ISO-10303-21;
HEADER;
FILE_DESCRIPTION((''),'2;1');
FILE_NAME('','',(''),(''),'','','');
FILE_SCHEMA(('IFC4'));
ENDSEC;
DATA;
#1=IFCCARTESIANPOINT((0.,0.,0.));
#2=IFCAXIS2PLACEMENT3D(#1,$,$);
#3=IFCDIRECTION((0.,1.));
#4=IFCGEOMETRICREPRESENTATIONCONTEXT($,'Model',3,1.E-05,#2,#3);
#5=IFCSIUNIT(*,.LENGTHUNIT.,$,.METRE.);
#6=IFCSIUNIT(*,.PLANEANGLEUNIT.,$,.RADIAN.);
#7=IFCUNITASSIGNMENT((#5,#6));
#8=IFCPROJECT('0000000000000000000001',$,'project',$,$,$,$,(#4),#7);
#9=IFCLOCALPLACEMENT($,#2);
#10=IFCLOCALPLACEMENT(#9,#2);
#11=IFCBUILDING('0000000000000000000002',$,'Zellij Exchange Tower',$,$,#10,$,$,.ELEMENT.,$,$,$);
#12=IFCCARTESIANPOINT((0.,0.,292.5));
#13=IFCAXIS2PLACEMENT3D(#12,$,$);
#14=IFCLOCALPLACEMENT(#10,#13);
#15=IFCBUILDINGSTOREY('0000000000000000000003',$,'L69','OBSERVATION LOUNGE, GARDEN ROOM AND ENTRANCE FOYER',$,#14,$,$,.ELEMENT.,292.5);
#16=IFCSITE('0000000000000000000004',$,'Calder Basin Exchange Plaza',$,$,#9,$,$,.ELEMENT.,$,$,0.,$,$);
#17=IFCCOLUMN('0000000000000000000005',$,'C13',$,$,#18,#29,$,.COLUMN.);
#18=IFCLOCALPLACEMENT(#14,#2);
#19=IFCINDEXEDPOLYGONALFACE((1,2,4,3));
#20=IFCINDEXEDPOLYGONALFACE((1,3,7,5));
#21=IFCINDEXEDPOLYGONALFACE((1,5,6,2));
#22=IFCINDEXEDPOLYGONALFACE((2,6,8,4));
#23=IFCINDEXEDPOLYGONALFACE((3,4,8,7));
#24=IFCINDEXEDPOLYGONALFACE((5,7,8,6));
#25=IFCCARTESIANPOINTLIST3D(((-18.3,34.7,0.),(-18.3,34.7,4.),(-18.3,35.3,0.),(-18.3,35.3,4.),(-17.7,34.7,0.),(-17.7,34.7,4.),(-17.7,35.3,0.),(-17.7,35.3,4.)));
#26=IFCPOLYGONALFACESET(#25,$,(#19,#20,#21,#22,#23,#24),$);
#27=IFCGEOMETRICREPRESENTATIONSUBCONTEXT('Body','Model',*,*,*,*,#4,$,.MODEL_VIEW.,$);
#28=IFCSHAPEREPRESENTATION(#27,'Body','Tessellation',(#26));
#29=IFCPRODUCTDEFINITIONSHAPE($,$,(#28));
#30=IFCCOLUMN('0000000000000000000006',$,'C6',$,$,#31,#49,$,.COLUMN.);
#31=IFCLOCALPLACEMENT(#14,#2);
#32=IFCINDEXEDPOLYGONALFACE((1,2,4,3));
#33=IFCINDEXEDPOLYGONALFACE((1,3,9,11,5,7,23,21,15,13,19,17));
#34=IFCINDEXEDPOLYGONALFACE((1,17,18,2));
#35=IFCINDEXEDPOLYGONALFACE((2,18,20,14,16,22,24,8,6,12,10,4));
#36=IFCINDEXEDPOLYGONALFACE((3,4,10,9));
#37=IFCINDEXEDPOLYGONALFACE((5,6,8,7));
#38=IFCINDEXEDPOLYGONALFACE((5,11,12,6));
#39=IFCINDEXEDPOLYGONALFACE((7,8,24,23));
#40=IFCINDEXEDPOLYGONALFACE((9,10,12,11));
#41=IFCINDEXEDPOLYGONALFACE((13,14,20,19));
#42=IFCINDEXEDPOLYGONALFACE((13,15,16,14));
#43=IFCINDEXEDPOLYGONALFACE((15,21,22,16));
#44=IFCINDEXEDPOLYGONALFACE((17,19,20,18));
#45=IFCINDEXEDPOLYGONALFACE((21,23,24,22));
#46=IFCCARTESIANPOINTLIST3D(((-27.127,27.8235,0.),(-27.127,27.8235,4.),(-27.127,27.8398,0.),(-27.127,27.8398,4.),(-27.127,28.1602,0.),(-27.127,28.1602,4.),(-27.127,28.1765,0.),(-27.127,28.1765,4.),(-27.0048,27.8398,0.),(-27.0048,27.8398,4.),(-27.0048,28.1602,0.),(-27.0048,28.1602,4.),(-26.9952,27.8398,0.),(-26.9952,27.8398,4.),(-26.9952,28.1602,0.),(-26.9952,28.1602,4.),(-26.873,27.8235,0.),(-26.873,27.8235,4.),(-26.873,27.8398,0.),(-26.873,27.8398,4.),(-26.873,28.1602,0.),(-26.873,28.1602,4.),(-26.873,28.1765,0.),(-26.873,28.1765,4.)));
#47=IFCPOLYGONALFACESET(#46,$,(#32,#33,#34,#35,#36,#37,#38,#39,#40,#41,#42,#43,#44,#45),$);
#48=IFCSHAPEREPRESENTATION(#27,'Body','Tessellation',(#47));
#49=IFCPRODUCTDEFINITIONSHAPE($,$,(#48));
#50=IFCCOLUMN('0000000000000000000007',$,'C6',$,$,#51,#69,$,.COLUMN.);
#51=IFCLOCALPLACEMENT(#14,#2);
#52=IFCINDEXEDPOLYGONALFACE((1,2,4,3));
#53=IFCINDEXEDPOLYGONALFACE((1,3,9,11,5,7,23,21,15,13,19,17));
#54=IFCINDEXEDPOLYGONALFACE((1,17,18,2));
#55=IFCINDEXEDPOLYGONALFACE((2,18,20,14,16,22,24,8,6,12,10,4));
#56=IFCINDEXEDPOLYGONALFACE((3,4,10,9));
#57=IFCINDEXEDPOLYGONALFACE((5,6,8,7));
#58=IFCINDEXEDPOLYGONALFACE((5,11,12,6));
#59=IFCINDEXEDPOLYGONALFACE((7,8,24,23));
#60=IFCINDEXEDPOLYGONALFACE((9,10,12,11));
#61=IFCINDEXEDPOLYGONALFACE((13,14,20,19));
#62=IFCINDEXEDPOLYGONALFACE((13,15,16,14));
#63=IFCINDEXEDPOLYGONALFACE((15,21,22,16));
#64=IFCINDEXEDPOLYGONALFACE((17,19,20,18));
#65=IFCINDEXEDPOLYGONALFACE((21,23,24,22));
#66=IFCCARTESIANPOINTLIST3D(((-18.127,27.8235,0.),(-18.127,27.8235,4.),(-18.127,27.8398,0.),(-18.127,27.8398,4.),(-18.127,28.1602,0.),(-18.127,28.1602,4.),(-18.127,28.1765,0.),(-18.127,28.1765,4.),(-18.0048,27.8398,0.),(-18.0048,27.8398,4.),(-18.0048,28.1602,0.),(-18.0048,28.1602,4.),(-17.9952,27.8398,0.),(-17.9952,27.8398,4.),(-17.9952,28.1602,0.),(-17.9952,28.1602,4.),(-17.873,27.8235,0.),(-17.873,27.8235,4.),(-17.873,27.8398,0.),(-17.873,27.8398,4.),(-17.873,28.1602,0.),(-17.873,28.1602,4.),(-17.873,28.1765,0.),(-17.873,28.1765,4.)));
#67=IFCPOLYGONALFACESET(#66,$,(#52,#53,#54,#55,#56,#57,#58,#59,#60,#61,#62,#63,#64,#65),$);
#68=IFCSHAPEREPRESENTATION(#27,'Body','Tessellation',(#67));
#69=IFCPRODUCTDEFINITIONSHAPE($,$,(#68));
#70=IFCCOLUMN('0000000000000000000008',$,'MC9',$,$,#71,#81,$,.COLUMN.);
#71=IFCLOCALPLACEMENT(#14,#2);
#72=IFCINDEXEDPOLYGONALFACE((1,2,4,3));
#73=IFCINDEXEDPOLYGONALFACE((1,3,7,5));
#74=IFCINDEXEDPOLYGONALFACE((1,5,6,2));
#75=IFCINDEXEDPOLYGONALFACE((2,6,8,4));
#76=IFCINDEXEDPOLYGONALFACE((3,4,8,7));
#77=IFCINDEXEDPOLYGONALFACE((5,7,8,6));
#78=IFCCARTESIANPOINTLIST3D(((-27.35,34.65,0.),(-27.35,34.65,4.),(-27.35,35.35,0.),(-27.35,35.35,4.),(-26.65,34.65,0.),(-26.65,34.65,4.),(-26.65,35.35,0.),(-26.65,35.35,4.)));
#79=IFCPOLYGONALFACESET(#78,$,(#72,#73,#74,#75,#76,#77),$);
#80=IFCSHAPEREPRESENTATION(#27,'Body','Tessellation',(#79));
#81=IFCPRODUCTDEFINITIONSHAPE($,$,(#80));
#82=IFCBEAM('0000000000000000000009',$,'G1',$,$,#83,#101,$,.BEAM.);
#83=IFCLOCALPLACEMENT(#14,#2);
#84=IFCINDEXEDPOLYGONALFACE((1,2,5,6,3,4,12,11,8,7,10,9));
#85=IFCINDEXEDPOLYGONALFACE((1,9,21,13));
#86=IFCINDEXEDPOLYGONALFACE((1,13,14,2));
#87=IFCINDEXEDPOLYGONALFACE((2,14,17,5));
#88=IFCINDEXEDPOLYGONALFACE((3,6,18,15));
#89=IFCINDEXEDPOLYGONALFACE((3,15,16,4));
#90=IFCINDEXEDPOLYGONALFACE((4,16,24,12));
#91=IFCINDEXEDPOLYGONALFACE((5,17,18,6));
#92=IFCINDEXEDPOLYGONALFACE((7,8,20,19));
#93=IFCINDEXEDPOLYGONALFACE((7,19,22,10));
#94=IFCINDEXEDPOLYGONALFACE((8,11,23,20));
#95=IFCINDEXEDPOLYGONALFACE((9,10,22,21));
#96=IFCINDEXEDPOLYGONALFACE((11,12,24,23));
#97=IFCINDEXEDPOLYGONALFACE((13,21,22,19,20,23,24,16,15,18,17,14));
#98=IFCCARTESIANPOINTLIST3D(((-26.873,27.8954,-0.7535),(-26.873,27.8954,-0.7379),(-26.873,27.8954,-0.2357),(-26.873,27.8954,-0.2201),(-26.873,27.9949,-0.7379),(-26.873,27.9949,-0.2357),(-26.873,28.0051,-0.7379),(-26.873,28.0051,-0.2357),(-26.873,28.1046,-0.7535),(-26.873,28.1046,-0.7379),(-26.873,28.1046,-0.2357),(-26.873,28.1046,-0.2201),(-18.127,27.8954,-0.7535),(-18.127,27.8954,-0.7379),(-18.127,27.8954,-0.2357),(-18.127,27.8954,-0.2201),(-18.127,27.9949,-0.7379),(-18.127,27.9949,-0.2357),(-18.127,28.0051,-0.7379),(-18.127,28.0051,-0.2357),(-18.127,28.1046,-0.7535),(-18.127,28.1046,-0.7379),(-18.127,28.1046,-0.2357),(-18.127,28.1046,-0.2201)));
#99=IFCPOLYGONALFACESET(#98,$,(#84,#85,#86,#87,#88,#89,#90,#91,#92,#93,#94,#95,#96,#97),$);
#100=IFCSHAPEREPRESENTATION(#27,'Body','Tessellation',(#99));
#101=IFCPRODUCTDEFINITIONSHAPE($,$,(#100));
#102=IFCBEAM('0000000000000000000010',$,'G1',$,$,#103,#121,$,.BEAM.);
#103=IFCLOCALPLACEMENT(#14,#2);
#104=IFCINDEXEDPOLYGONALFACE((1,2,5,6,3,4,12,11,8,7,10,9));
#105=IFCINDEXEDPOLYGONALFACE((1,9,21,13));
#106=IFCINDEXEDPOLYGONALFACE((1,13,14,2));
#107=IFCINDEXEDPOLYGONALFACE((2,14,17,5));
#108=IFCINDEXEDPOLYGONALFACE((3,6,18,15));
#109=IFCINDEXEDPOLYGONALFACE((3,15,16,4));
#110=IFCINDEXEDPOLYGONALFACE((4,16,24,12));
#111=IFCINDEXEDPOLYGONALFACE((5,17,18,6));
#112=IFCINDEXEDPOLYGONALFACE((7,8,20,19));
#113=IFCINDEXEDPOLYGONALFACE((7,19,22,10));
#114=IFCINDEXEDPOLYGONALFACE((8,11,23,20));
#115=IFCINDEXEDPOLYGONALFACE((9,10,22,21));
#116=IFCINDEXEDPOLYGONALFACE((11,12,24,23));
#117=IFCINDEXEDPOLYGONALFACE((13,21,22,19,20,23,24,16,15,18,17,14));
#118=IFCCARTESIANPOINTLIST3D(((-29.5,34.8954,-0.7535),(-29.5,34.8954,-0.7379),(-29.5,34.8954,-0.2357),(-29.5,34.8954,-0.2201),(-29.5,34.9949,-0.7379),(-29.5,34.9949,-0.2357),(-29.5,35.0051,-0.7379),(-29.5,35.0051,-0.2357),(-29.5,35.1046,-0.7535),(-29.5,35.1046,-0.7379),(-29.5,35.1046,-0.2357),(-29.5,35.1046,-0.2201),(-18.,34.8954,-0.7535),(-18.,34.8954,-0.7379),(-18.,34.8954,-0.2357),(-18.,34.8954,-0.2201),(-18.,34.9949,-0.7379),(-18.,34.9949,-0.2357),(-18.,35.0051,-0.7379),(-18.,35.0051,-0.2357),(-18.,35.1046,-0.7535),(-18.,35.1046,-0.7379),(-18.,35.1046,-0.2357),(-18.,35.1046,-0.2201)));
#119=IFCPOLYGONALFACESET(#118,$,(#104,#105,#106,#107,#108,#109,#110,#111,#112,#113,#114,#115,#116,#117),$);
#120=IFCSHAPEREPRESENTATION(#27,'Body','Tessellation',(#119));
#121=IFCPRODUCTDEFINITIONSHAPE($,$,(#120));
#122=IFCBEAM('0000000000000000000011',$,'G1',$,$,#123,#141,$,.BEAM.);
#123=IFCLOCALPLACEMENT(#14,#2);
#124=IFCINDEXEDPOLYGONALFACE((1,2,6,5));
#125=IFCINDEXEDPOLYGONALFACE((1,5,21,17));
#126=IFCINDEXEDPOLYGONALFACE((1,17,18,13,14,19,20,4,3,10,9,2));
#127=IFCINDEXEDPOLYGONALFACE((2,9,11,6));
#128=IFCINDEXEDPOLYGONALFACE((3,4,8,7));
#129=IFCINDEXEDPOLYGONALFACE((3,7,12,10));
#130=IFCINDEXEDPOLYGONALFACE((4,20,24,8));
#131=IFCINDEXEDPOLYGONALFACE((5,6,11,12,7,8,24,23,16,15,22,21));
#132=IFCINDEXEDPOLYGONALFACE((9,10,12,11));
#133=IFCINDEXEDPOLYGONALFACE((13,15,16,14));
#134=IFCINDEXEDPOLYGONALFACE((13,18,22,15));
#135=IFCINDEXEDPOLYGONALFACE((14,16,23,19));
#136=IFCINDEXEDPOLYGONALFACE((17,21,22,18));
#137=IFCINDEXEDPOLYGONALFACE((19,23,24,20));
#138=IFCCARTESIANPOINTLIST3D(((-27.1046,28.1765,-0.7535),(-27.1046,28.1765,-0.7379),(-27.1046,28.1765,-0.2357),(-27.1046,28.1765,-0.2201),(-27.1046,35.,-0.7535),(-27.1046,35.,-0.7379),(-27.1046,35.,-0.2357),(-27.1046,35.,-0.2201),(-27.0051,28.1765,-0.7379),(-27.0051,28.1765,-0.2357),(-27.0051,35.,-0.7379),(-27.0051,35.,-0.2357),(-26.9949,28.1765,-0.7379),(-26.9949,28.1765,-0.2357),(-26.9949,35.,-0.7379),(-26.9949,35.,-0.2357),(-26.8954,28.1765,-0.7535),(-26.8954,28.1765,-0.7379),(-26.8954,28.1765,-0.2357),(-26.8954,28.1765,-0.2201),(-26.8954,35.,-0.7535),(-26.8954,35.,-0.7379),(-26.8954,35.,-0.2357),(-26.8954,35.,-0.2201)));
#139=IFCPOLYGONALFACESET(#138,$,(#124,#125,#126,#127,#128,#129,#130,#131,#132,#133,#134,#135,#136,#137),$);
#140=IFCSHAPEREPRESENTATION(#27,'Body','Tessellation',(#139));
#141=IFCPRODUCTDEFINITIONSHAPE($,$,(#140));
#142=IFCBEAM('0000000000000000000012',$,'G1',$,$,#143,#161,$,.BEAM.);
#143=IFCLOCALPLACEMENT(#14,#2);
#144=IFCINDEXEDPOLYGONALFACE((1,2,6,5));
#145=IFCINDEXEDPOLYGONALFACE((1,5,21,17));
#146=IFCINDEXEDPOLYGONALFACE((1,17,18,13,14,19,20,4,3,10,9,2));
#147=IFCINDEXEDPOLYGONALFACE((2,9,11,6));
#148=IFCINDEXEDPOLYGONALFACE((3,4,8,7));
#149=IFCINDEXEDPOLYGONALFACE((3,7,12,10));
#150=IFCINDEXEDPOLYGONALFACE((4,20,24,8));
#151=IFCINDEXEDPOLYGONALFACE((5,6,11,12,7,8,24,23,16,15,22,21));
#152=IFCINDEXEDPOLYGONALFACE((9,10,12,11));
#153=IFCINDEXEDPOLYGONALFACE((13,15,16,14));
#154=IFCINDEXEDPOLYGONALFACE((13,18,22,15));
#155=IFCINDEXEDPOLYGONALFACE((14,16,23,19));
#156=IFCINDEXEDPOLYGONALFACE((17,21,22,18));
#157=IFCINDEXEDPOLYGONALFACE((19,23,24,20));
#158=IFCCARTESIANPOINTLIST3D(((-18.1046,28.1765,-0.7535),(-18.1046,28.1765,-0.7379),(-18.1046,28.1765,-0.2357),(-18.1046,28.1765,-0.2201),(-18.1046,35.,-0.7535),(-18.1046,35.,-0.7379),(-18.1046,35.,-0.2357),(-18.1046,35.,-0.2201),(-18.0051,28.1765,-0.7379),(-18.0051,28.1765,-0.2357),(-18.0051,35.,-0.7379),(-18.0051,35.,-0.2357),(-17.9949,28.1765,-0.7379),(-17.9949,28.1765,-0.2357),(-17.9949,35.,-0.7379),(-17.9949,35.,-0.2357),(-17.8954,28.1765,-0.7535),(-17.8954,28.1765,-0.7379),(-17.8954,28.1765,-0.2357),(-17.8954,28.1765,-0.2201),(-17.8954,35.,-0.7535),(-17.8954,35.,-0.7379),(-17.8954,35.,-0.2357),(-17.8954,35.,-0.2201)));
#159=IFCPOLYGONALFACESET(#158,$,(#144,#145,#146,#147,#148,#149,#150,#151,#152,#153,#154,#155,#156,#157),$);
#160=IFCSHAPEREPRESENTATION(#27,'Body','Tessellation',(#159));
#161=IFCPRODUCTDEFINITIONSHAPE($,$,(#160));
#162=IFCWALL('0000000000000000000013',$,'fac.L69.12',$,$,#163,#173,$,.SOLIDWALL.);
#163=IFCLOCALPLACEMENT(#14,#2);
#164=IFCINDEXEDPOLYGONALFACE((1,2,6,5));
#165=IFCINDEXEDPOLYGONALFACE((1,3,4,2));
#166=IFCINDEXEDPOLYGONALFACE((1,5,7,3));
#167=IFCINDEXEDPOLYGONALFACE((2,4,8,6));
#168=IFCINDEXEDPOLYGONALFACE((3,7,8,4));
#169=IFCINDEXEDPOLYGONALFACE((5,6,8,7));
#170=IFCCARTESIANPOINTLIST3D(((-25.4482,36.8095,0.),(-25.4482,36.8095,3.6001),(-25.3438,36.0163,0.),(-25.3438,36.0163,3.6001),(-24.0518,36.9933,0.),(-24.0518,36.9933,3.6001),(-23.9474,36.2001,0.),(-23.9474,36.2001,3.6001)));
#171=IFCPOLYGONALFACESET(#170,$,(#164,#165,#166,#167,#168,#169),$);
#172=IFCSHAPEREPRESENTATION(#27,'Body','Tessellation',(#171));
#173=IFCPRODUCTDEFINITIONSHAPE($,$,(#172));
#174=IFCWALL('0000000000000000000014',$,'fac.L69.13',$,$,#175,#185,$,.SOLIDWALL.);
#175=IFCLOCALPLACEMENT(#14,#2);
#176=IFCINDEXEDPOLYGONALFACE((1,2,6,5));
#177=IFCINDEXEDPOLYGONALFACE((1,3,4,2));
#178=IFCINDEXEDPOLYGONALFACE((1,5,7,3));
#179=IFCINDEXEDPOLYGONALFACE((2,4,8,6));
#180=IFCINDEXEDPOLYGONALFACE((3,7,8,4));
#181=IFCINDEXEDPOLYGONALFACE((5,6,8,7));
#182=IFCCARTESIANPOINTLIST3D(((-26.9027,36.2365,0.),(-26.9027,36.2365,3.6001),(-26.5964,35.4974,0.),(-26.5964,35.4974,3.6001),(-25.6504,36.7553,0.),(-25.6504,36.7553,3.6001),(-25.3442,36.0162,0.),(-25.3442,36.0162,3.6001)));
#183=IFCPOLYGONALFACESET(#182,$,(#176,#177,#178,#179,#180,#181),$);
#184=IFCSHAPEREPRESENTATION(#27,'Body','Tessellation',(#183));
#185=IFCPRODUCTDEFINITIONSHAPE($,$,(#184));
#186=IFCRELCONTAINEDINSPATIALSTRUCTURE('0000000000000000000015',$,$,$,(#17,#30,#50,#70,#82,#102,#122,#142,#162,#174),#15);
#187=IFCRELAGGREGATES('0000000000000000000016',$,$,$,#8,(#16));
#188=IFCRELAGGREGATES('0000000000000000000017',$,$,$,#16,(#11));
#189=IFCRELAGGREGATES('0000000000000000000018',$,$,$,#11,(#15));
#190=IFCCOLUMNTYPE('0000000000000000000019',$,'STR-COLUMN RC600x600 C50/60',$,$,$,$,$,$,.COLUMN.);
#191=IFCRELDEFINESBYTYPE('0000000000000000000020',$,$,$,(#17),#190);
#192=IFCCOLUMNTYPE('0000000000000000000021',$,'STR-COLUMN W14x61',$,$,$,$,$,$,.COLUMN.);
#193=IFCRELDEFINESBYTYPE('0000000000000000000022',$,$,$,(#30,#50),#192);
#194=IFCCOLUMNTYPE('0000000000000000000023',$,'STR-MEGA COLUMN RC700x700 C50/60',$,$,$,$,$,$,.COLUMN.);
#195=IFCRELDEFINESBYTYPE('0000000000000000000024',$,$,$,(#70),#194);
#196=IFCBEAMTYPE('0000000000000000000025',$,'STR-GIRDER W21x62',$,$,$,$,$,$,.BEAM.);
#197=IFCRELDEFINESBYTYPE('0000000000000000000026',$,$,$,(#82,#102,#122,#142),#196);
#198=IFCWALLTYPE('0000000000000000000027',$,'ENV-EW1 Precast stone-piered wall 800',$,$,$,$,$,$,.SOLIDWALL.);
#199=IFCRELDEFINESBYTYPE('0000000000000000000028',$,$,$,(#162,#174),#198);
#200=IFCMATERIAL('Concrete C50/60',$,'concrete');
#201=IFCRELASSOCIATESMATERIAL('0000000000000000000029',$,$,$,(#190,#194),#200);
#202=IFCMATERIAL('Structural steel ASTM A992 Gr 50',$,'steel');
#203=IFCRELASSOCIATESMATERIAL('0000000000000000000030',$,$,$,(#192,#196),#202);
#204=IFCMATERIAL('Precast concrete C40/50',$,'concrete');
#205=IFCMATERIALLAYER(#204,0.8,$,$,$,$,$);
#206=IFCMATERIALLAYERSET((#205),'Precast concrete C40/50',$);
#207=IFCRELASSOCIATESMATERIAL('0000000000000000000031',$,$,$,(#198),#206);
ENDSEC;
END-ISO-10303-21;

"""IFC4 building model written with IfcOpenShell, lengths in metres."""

from ifc_helpers import new_model, si_unit, direction, frame, frame_2d, origin, origin_2d, place, context, subcontext, project, spatial, rectangle, i_section, extrude, material, layer, layer_set, material_profile, profile_set, type_object, element, save


model = new_model("IFC4")

# Units and contexts
model_context = context("Model", 3, precision=1e-05, world=origin(), true_north=direction((0.0, 1.0)))
body_context = subcontext(model_context, "Body", "Model", "MODEL_VIEW")
ifc_project = project(units=[si_unit("LENGTHUNIT", "METRE"), si_unit("PLANEANGLEUNIT", "RADIAN")], contexts=[model_context])

# Site, building, storey
site_placement = place(None, origin())
site = spatial("IfcSite", under=ifc_project, at=site_placement, Name="Calder Basin Exchange Plaza", CompositionType="ELEMENT", RefElevation=0.0)
building_placement = place(site_placement, origin())
building = spatial("IfcBuilding", under=site, at=building_placement, Name="Zellij Exchange Tower", CompositionType="ELEMENT")
storey_placement = place(building_placement, frame((0.0, 0.0, 292.5)))
storey = spatial("IfcBuildingStorey", under=building, at=storey_placement, Name="L69", Description="OBSERVATION LOUNGE, GARDEN ROOM AND ENTRANCE FOYER", CompositionType="ELEMENT", Elevation=292.5)

# Columns
ifc_material_1 = material(Name="Concrete C50/60", Category="concrete")
ifc_material_profile_1 = material_profile(ifc_material_1, rectangle(XDim=0.6001, YDim=0.6001, at=origin_2d()), Name="STR-COLUMN RC600x600 C50/60")
ifc_profile_set_1 = profile_set([ifc_material_profile_1], Name="Concrete C50/60")
column_type_1 = type_object("IfcColumnType", Name="STR-COLUMN RC600x600 C50/60", PredefinedType="COLUMN", material=ifc_profile_set_1)
column_1_placement = place(storey_placement, frame((-18.0, 35.0, 0.0), z_axis=(0.0, 0.0, 1.0), x_axis=(1.0, 0.0, 0.0)))
element("IfcColumn", 1, at=column_1_placement, inside=storey, type_object=column_type_1, Name="C13", PredefinedType="COLUMN", context=body_context, shape_type="SweptSolid", body=[
    extrude(rectangle(XDim=0.6001, YDim=0.6001, at=origin_2d()), origin(), (0.0, 0.0, 1.0), 4.0),
])
ifc_material_2 = material(Name="Structural steel ASTM A992 Gr 50", Category="steel")
ifc_material_profile_2 = material_profile(ifc_material_2, i_section(OverallWidth=0.2539, OverallDepth=0.353, WebThickness=0.0095, FlangeThickness=0.0164, at=origin_2d()), Name="W14x61")
ifc_profile_set_2 = profile_set([ifc_material_profile_2], Name="Structural steel ASTM A992 Gr 50")
column_type_2 = type_object("IfcColumnType", Name="STR-COLUMN W14x61", PredefinedType="COLUMN", material=ifc_profile_set_2)
for number, where, z_axis, x_axis, name in (
    (2, (-27.0, 28.0, 0.0), (0.0, 0.0, 1.0), (1.0, 0.0, 0.0), "C6"),
    (3, (-18.0, 28.0, 0.0), (0.0, 0.0, 1.0), (1.0, 0.0, 0.0), "C6"),
):
    element("IfcColumn", number, at=place(storey_placement, frame(where, z_axis=z_axis, x_axis=x_axis)), inside=storey, type_object=column_type_2, Name=name, PredefinedType="COLUMN", context=body_context, shape_type="SweptSolid", body=[
        extrude(i_section(OverallWidth=0.2539, OverallDepth=0.353, WebThickness=0.0095, FlangeThickness=0.0164, at=origin_2d()), origin(), (0.0, 0.0, 1.0), 4.0),
    ])
ifc_material_profile_3 = material_profile(ifc_material_1, rectangle(XDim=0.7, YDim=0.7, at=origin_2d()), Name="STR-MEGA COLUMN RC700x700 C50/60")
ifc_profile_set_3 = profile_set([ifc_material_profile_3], Name="Concrete C50/60")
column_type_3 = type_object("IfcColumnType", Name="STR-MEGA COLUMN RC700x700 C50/60", PredefinedType="COLUMN", material=ifc_profile_set_3)
column_2_placement = place(storey_placement, frame((-27.0, 35.0, 0.0), z_axis=(0.0, 0.0, 1.0), x_axis=(1.0, 0.0, 0.0)))
element("IfcColumn", 4, at=column_2_placement, inside=storey, type_object=column_type_3, Name="MC9", PredefinedType="COLUMN", context=body_context, shape_type="SweptSolid", body=[
    extrude(rectangle(XDim=0.7, YDim=0.7, at=origin_2d()), origin(), (0.0, 0.0, 1.0), 4.0),
])

# Beams
ifc_material_profile_4 = material_profile(ifc_material_2, i_section(OverallWidth=0.2092, OverallDepth=0.5334, WebThickness=0.0103, FlangeThickness=0.0156, at=origin_2d()), Name="W21x62")
ifc_profile_set_4 = profile_set([ifc_material_profile_4], Name="Structural steel ASTM A992 Gr 50")
beam_type = type_object("IfcBeamType", Name="STR-GIRDER W21x62", PredefinedType="BEAM", material=ifc_profile_set_4)
beam_1_placement = place(storey_placement, frame((-26.873, 28.0, -0.4868), z_axis=(1.0, 0.0, 0.0), x_axis=(0.0, 1.0, 0.0)))
element("IfcBeam", 5, at=beam_1_placement, inside=storey, type_object=beam_type, Name="G1", PredefinedType="BEAM", context=body_context, shape_type="SweptSolid", body=[
    extrude(i_section(OverallWidth=0.2092, OverallDepth=0.5334, WebThickness=0.0103, FlangeThickness=0.0156, at=origin_2d()), origin(), (0.0, 0.0, 1.0), 8.7461),
])
beam_2_placement = place(storey_placement, frame((-29.5, 35.0, -0.4868), z_axis=(1.0, 0.0, 0.0), x_axis=(0.0, 1.0, 0.0)))
element("IfcBeam", 6, at=beam_2_placement, inside=storey, type_object=beam_type, Name="G1", PredefinedType="BEAM", context=body_context, shape_type="SweptSolid", body=[
    extrude(i_section(OverallWidth=0.2092, OverallDepth=0.5334, WebThickness=0.0103, FlangeThickness=0.0156, at=origin_2d()), origin(), (0.0, 0.0, 1.0), 11.5),
])
for number, where, z_axis, x_axis, name in (
    (7, (-27.0, 28.1765, -0.4868), (0.0, 1.0, 0.0), (-1.0, 0.0, 0.0), "G1"),
    (8, (-18.0, 28.1765, -0.4868), (0.0, 1.0, 0.0), (-1.0, 0.0, 0.0), "G1"),
):
    element("IfcBeam", number, at=place(storey_placement, frame(where, z_axis=z_axis, x_axis=x_axis)), inside=storey, type_object=beam_type, Name=name, PredefinedType="BEAM", context=body_context, shape_type="SweptSolid", body=[
        extrude(i_section(OverallWidth=0.2092, OverallDepth=0.5334, WebThickness=0.0103, FlangeThickness=0.0156, at=origin_2d()), origin(), (0.0, 0.0, 1.0), 6.8235),
    ])

# Walls
ifc_material_3 = material(Name="Precast concrete C40/50", Category="concrete")
ifc_layer = layer(ifc_material_3, 0.8)
ifc_layer_set = layer_set([ifc_layer], Name="Precast concrete C40/50")
wall_type = type_object("IfcWallType", Name="ENV-EW1 Precast stone-piered wall 800", PredefinedType="SOLIDWALL", material=ifc_layer_set)
wall_1_placement = place(storey_placement, frame((-23.9998, 36.5967, 0.0), z_axis=(0.0, 0.0, 1.0), x_axis=(-0.991446, -0.130517, 0.0)))
element("IfcWall", 9, at=wall_1_placement, inside=storey, type_object=wall_type, Name="fac.L69.12", PredefinedType="SOLIDWALL", context=body_context, shape_type="SweptSolid", body=[
    extrude(rectangle(XDim=1.4084, YDim=0.8, at=frame_2d((0.7041, 0.0))), origin(), (0.0, 0.0, 1.0), 3.6001),
])
wall_2_placement = place(storey_placement, frame((-25.4973, 36.3857, 0.0), z_axis=(0.0, 0.0, 1.0), x_axis=(-0.923848, -0.38276, 0.0)))
element("IfcWall", 10, at=wall_2_placement, inside=storey, type_object=wall_type, Name="fac.L69.13", PredefinedType="SOLIDWALL", context=body_context, shape_type="SweptSolid", body=[
    extrude(rectangle(XDim=1.3555, YDim=0.8, at=frame_2d((0.6777, 0.0))), origin(), (0.0, 0.0, 1.0), 3.6001),
])

save(model, "model.ifc")
